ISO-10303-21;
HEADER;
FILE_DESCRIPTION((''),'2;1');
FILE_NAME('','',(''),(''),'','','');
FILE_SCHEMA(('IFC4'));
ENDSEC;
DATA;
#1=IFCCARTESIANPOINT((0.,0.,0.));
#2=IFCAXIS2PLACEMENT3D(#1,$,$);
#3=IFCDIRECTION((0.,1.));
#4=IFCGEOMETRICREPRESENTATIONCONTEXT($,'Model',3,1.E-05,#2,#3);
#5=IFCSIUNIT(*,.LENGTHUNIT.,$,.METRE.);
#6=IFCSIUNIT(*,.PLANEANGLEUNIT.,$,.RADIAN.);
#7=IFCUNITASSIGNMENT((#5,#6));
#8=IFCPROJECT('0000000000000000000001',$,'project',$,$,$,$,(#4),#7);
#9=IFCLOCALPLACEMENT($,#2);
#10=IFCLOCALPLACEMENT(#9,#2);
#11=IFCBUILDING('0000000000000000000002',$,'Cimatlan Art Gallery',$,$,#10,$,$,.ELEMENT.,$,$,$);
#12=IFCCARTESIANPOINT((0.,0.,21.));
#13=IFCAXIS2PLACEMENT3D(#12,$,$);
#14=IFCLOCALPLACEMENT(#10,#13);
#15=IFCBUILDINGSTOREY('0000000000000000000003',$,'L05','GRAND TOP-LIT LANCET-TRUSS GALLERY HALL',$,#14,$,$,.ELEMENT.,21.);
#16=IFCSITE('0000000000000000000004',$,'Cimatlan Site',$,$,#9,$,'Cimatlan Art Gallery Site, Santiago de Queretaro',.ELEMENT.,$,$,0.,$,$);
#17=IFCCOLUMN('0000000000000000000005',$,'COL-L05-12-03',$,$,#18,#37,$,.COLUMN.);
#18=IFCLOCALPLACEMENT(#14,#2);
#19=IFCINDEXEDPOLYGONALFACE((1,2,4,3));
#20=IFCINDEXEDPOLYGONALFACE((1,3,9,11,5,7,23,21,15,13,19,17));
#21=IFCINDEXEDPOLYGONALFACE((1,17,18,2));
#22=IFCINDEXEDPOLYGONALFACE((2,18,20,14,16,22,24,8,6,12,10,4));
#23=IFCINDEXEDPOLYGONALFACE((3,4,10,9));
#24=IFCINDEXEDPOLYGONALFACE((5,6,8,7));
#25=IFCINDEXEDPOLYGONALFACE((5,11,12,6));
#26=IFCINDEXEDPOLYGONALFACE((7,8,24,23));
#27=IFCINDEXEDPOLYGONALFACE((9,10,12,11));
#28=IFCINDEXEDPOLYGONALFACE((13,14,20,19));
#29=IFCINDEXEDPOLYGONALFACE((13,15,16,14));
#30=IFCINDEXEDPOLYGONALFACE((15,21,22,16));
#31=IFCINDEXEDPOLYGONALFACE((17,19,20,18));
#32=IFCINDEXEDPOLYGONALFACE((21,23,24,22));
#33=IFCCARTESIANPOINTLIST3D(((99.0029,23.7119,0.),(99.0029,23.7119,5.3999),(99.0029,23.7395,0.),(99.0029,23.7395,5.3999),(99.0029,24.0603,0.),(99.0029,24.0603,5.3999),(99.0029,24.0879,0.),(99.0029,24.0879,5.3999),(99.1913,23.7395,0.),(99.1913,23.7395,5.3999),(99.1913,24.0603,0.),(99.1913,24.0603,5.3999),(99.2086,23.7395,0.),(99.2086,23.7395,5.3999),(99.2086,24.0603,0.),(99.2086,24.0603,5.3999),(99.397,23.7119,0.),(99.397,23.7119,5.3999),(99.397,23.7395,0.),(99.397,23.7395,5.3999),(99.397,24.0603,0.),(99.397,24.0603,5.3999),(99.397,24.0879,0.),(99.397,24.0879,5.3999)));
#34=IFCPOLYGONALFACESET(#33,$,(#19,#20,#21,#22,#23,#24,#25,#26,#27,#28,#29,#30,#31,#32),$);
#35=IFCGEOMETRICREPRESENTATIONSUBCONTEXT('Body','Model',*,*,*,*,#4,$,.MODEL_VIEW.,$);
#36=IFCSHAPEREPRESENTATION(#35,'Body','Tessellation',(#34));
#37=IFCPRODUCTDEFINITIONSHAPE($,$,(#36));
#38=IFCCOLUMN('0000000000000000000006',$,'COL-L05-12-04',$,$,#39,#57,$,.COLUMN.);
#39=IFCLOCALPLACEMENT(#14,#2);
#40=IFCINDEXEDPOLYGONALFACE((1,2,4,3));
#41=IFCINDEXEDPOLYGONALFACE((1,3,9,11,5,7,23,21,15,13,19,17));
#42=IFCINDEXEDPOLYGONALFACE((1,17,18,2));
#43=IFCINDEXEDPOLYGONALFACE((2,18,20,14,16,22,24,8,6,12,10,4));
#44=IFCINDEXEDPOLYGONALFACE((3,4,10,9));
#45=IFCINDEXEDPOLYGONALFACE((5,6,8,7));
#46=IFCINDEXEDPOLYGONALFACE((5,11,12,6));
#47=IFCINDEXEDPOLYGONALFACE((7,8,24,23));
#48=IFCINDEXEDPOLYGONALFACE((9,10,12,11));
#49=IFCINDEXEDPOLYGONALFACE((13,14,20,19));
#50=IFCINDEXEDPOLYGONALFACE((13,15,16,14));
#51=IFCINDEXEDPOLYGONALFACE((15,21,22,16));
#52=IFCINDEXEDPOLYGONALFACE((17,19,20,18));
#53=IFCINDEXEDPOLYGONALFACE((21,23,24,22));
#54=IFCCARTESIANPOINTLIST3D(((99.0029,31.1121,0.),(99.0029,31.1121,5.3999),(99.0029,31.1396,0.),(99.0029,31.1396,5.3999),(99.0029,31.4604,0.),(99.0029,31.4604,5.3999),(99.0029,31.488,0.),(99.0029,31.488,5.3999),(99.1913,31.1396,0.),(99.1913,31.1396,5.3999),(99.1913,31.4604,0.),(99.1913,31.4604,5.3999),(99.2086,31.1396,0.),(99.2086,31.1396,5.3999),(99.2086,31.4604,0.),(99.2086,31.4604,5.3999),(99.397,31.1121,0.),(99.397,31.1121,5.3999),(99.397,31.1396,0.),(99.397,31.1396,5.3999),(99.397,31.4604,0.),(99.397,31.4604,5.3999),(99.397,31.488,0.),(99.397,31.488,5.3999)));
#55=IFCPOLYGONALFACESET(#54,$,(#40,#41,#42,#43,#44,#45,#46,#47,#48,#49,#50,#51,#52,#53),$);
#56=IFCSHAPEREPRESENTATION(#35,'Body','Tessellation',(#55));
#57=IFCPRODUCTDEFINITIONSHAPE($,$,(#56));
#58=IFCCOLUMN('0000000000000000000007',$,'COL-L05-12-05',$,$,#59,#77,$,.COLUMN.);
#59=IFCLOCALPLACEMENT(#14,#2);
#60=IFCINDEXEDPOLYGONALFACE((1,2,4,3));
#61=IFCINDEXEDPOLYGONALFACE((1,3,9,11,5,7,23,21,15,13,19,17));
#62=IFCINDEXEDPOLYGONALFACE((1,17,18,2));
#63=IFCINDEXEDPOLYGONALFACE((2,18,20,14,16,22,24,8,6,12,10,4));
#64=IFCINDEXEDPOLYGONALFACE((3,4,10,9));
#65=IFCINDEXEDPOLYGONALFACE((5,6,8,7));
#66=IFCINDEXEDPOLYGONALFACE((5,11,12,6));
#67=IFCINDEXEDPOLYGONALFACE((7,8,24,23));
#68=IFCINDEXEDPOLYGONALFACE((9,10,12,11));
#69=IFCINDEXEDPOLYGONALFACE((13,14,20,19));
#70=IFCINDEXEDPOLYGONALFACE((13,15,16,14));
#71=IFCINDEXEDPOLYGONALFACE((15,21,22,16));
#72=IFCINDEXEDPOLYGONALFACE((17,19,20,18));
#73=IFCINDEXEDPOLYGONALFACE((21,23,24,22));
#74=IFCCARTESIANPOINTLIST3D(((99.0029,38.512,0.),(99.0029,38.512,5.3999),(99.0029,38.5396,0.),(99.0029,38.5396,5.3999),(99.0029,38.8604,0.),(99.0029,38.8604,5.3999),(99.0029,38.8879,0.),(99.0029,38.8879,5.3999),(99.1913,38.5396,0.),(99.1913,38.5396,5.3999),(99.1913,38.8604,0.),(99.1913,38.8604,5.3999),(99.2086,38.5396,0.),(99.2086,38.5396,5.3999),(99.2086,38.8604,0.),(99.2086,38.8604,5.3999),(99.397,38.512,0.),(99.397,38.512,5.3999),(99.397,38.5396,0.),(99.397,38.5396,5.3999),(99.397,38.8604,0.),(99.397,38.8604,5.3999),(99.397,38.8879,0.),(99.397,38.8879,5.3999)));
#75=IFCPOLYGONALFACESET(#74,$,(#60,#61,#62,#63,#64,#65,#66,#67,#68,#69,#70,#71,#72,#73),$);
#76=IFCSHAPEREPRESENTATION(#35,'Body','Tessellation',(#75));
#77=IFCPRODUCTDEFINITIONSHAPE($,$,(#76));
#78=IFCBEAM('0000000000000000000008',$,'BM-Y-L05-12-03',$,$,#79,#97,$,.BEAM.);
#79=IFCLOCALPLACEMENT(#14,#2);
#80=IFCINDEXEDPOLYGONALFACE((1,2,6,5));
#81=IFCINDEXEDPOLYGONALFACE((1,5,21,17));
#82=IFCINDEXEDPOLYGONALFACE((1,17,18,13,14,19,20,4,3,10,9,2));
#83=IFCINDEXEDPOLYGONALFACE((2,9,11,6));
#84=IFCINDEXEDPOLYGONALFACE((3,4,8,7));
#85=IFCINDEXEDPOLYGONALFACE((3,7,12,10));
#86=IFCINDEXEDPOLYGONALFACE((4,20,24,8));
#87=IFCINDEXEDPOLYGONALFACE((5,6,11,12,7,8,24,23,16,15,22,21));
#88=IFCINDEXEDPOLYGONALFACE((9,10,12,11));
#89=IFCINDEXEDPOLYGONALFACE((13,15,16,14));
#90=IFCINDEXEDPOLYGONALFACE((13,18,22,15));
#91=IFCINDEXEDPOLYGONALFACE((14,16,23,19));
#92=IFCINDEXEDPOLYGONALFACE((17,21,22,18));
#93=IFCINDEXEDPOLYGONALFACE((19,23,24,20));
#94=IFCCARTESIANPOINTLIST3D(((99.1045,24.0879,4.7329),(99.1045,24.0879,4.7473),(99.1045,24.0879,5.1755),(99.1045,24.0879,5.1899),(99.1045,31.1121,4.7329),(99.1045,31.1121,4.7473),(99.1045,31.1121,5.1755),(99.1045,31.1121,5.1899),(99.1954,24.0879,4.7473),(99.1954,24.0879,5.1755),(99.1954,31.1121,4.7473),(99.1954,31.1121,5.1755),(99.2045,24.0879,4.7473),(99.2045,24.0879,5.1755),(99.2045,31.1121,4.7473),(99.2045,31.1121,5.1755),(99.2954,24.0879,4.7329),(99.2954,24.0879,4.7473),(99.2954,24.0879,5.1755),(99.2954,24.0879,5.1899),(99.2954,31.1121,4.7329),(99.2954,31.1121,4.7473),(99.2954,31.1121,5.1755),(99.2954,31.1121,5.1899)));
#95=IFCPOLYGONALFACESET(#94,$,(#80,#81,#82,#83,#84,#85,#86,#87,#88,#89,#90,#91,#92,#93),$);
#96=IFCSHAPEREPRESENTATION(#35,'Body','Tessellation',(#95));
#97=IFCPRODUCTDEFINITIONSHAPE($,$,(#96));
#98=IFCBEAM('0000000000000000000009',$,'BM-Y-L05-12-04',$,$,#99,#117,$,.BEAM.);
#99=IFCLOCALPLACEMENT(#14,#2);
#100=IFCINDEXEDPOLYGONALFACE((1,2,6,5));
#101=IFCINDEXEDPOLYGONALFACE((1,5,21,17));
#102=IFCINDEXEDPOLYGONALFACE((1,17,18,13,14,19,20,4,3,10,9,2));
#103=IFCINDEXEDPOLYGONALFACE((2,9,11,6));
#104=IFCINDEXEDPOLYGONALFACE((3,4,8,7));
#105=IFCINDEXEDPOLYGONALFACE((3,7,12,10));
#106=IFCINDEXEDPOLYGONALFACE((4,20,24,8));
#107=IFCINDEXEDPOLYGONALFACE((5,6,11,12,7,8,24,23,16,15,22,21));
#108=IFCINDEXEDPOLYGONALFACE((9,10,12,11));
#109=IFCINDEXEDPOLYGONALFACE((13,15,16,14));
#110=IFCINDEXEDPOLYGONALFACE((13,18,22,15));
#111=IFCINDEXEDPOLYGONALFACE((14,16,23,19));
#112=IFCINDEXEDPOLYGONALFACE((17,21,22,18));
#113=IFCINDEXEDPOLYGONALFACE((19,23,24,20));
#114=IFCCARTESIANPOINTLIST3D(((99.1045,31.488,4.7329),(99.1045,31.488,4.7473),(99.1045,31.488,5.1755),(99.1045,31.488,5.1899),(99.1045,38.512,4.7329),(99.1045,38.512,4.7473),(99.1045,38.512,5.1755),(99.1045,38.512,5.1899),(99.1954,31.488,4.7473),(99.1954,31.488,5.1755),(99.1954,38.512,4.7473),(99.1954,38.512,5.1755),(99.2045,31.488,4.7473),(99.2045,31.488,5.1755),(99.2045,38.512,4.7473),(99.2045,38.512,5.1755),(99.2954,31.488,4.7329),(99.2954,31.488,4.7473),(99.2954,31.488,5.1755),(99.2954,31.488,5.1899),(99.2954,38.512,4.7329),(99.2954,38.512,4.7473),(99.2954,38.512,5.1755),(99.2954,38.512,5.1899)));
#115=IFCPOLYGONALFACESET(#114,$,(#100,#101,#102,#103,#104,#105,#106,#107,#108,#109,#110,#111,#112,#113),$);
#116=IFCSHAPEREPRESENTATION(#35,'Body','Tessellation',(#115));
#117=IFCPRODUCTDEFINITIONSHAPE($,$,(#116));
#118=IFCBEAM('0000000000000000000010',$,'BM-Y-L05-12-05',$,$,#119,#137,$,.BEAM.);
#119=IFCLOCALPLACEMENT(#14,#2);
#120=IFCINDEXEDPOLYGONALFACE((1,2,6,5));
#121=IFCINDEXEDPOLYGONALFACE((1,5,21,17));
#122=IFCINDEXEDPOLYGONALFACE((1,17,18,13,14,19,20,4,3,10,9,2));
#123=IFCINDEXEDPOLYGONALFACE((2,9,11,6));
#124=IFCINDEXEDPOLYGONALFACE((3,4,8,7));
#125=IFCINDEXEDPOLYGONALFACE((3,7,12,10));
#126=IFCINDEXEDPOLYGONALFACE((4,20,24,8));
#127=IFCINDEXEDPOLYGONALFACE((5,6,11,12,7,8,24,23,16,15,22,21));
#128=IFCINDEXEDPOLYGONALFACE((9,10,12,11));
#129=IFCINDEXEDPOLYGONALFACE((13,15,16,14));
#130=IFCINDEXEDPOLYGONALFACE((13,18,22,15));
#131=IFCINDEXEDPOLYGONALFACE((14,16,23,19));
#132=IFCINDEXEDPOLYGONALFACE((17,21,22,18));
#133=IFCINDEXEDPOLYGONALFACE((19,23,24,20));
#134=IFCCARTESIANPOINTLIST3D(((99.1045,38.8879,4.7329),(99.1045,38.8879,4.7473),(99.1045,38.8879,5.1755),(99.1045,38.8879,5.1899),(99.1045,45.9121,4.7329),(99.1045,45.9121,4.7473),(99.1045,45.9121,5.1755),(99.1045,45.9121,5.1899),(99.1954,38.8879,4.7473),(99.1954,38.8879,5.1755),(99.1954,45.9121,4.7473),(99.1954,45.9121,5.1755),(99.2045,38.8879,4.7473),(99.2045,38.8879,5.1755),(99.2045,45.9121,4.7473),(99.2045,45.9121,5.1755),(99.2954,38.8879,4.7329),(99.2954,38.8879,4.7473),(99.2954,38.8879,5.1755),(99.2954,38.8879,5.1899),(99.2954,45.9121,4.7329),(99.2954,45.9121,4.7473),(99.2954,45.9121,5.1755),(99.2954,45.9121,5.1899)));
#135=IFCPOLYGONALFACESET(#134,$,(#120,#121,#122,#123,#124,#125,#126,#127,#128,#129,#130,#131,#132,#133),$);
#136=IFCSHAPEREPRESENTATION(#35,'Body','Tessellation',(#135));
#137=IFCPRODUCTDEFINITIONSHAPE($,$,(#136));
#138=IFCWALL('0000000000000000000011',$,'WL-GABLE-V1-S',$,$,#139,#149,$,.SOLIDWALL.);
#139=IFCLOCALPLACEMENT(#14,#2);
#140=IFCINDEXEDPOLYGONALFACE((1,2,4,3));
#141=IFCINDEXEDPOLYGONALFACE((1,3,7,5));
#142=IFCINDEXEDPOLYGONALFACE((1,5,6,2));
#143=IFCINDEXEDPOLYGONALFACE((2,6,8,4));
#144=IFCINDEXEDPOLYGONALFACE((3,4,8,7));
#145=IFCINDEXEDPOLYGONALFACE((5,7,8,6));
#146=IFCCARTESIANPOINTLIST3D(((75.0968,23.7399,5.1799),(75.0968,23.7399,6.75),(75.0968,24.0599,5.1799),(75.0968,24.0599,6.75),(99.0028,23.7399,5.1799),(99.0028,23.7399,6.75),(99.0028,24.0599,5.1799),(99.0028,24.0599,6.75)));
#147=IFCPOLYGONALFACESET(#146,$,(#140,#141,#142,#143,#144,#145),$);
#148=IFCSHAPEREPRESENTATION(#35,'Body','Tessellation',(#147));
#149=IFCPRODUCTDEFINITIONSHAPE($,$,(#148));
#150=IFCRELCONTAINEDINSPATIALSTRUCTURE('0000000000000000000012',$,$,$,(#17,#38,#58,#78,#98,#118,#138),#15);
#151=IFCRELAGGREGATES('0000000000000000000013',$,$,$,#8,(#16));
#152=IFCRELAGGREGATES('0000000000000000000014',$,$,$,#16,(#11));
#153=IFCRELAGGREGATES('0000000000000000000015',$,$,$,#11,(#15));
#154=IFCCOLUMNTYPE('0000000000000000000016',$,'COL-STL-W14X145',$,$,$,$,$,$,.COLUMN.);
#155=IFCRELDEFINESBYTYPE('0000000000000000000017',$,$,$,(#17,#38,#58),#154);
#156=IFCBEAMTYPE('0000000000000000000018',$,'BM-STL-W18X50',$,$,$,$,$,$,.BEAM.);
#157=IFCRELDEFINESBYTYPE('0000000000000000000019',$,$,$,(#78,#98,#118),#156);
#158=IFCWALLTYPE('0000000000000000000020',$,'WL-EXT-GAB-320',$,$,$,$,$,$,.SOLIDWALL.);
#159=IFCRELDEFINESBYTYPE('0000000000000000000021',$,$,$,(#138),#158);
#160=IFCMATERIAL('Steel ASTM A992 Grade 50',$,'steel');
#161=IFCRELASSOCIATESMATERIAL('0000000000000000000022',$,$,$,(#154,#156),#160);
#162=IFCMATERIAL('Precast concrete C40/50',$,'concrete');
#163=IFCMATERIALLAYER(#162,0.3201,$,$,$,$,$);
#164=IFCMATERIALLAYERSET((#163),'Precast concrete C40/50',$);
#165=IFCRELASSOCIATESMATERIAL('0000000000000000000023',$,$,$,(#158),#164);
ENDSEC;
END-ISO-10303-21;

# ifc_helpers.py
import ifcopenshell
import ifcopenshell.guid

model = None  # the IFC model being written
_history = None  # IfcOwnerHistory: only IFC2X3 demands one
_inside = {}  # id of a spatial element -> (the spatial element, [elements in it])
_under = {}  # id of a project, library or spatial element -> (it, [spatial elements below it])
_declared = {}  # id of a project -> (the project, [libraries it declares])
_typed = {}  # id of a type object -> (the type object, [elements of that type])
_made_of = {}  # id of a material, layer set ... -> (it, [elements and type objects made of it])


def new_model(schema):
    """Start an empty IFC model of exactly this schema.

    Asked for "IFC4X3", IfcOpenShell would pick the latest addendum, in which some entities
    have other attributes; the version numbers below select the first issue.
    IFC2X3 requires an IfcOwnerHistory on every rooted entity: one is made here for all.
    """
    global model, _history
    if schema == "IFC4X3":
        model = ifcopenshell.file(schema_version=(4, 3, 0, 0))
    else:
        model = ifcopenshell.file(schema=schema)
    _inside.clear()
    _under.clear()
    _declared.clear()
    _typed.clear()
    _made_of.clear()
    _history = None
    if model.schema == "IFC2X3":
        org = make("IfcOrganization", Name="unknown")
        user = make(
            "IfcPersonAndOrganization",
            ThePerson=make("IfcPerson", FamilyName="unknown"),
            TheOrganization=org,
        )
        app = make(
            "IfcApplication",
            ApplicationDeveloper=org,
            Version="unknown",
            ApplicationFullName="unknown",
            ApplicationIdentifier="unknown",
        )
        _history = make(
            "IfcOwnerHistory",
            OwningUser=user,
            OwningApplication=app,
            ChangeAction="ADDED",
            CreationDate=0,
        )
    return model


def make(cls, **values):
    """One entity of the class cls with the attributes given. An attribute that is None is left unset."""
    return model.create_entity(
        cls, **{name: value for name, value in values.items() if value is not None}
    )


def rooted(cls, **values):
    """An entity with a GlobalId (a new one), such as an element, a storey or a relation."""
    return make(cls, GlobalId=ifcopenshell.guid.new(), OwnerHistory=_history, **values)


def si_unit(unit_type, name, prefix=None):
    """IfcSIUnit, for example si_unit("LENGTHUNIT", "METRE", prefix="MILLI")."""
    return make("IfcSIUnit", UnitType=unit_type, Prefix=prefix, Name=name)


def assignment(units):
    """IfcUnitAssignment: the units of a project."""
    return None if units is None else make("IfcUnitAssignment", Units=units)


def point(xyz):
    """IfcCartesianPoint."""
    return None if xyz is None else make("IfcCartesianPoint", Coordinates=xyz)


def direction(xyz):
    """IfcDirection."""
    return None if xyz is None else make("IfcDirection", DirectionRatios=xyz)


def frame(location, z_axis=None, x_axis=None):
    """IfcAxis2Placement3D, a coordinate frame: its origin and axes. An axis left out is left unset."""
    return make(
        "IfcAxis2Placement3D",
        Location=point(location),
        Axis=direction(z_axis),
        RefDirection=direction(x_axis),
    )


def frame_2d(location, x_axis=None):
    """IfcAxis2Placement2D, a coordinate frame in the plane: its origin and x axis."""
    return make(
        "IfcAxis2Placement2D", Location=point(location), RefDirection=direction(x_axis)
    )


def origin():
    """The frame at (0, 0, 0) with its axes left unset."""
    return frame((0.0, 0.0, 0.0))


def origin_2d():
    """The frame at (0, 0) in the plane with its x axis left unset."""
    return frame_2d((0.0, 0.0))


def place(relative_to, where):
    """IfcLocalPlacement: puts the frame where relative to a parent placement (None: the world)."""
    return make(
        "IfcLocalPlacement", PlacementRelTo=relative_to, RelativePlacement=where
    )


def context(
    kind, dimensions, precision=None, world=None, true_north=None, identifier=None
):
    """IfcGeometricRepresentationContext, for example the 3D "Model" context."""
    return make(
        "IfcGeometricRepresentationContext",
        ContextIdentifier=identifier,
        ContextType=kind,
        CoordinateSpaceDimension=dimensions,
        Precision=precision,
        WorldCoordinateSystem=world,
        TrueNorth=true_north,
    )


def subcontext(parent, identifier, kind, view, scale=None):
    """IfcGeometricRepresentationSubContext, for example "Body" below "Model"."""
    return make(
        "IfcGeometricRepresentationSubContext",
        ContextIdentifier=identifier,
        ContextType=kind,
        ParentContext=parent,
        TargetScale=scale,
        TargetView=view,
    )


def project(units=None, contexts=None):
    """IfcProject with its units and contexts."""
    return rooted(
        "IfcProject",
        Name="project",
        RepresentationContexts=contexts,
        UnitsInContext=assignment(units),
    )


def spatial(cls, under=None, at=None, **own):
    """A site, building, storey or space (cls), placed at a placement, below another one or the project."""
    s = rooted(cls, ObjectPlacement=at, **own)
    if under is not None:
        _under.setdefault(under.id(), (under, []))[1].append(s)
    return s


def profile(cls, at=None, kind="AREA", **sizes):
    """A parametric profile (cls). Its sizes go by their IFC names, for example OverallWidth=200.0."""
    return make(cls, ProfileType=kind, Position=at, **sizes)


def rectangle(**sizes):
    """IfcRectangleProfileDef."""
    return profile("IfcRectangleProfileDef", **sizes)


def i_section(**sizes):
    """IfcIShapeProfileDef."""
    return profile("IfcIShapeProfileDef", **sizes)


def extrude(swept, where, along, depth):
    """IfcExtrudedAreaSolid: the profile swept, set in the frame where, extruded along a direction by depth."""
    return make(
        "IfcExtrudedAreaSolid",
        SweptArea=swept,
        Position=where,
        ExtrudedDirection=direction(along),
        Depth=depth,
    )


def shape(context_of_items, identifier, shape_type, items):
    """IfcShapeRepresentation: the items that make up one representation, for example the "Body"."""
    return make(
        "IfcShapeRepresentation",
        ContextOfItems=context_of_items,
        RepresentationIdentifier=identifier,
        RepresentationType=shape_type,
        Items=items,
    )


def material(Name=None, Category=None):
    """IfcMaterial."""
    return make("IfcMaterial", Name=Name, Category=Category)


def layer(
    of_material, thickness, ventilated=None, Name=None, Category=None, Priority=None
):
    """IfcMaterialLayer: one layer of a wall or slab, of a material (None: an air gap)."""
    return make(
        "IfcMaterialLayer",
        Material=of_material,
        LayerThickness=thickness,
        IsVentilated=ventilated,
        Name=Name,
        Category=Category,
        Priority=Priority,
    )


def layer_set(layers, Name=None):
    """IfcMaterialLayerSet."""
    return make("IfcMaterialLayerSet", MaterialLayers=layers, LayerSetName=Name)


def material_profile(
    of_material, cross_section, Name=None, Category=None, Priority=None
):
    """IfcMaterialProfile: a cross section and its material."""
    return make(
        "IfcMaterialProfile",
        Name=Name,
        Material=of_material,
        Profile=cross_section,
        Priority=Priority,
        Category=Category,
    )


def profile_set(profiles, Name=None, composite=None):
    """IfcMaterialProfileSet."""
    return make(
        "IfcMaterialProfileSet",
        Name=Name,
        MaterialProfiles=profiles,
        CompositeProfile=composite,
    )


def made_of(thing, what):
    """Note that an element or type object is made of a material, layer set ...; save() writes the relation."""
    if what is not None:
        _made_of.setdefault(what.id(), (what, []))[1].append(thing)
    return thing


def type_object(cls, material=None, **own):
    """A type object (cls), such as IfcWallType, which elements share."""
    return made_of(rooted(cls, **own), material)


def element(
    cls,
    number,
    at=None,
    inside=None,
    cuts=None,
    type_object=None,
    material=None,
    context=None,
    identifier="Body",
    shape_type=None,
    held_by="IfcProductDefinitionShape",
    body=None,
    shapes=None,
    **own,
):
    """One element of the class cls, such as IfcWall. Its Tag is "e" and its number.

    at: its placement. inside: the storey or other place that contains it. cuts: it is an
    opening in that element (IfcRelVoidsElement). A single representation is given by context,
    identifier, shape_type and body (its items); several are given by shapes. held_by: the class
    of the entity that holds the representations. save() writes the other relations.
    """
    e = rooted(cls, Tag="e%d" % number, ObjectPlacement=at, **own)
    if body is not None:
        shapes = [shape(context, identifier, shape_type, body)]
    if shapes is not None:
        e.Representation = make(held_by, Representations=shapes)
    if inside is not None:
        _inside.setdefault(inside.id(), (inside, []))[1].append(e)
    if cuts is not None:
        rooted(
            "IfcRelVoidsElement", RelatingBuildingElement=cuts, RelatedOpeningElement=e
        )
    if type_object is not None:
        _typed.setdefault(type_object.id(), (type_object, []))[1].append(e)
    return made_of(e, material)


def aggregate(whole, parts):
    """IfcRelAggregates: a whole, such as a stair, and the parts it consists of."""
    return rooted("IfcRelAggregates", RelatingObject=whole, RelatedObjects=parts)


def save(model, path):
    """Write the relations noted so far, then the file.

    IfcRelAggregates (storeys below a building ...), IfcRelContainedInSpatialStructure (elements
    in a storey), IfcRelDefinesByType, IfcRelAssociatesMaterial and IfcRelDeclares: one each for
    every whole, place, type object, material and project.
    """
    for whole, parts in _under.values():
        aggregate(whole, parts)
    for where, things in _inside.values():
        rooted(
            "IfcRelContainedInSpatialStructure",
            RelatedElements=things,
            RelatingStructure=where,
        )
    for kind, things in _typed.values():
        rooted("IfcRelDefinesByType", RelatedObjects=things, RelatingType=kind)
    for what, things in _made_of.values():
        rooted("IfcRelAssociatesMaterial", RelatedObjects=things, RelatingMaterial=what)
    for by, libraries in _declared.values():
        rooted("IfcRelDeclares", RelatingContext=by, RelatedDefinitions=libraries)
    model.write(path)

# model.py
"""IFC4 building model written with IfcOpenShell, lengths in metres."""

from ifc_helpers import new_model, si_unit, direction, frame, frame_2d, origin, origin_2d, place, context, subcontext, project, spatial, rectangle, i_section, extrude, material, layer, layer_set, material_profile, profile_set, type_object, element, save


model = new_model("IFC4")

# Units and contexts
model_context = context("Model", 3, precision=1e-05, world=origin(), true_north=direction((0.0, 1.0)))
body_context = subcontext(model_context, "Body", "Model", "MODEL_VIEW")
ifc_project = project(units=[si_unit("LENGTHUNIT", "METRE"), si_unit("PLANEANGLEUNIT", "RADIAN")], contexts=[model_context])

# Site, building, storey
site_placement = place(None, origin())
site = spatial("IfcSite", under=ifc_project, at=site_placement, Name="Cimatlan Site", LongName="Cimatlan Art Gallery Site, Santiago de Queretaro", CompositionType="ELEMENT", RefElevation=0.0)
building_placement = place(site_placement, origin())
building = spatial("IfcBuilding", under=site, at=building_placement, Name="Cimatlan Art Gallery", CompositionType="ELEMENT")
storey_placement = place(building_placement, frame((0.0, 0.0, 21.0)))
storey = spatial("IfcBuildingStorey", under=building, at=storey_placement, Name="L05", Description="GRAND TOP-LIT LANCET-TRUSS GALLERY HALL", CompositionType="ELEMENT", Elevation=21.0)

# Columns
ifc_material_1 = material(Name="Steel ASTM A992 Grade 50", Category="steel")
ifc_material_profile_1 = material_profile(ifc_material_1, i_section(OverallWidth=0.394, OverallDepth=0.376, WebThickness=0.0173, FlangeThickness=0.0276, at=origin_2d()), Name="W14X145")
ifc_profile_set_1 = profile_set([ifc_material_profile_1], Name="Steel ASTM A992 Grade 50")
column_type = type_object("IfcColumnType", Name="COL-STL-W14X145", PredefinedType="COLUMN", material=ifc_profile_set_1)
for number, where, z_axis, x_axis, name in (
    (1, (99.2, 23.8999, 0.0), (0.0, 0.0, 1.0), (1.0, 0.0, 0.0), "COL-L05-12-03"),
    (2, (99.2, 31.3, 0.0), (0.0, 0.0, 1.0), (1.0, 0.0, 0.0), "COL-L05-12-04"),
    (3, (99.2, 38.7, 0.0), (0.0, 0.0, 1.0), (1.0, 0.0, 0.0), "COL-L05-12-05"),
):
    element("IfcColumn", number, at=place(storey_placement, frame(where, z_axis=z_axis, x_axis=x_axis)), inside=storey, type_object=column_type, Name=name, PredefinedType="COLUMN", context=body_context, shape_type="SweptSolid", body=[
        extrude(i_section(OverallWidth=0.394, OverallDepth=0.376, WebThickness=0.0173, FlangeThickness=0.0276, at=origin_2d()), origin(), (0.0, 0.0, 1.0), 5.3999),
    ])

# Beams
ifc_material_profile_2 = material_profile(ifc_material_1, i_section(OverallWidth=0.1909, OverallDepth=0.457, WebThickness=0.009, FlangeThickness=0.0144, at=origin_2d()), Name="W18X50")
ifc_profile_set_2 = profile_set([ifc_material_profile_2], Name="Steel ASTM A992 Grade 50")
beam_type = type_object("IfcBeamType", Name="BM-STL-W18X50", PredefinedType="BEAM", material=ifc_profile_set_2)
beam_1_placement = place(storey_placement, frame((99.2, 24.0879, 4.9614), z_axis=(0.0, 1.0, 0.0), x_axis=(-1.0, 0.0, 0.0)))
element("IfcBeam", 4, at=beam_1_placement, inside=storey, type_object=beam_type, Name="BM-Y-L05-12-03", PredefinedType="BEAM", context=body_context, shape_type="SweptSolid", body=[
    extrude(i_section(OverallWidth=0.1909, OverallDepth=0.457, WebThickness=0.009, FlangeThickness=0.0144, at=origin_2d()), origin(), (0.0, 0.0, 1.0), 7.0242),
])
beam_2_placement = place(storey_placement, frame((99.2, 31.488, 4.9614), z_axis=(0.0, 1.0, 0.0), x_axis=(-1.0, 0.0, 0.0)))
element("IfcBeam", 5, at=beam_2_placement, inside=storey, type_object=beam_type, Name="BM-Y-L05-12-04", PredefinedType="BEAM", context=body_context, shape_type="SweptSolid", body=[
    extrude(i_section(OverallWidth=0.1909, OverallDepth=0.457, WebThickness=0.009, FlangeThickness=0.0144, at=origin_2d()), origin(), (0.0, 0.0, 1.0), 7.0239),
])
beam_3_placement = place(storey_placement, frame((99.2, 38.8879, 4.9614), z_axis=(0.0, 1.0, 0.0), x_axis=(-1.0, 0.0, 0.0)))
element("IfcBeam", 6, at=beam_3_placement, inside=storey, type_object=beam_type, Name="BM-Y-L05-12-05", PredefinedType="BEAM", context=body_context, shape_type="SweptSolid", body=[
    extrude(i_section(OverallWidth=0.1909, OverallDepth=0.457, WebThickness=0.009, FlangeThickness=0.0144, at=origin_2d()), origin(), (0.0, 0.0, 1.0), 7.0242),
])

# Wall
ifc_material_2 = material(Name="Precast concrete C40/50", Category="concrete")
ifc_layer_1 = layer(ifc_material_2, 0.3201)
ifc_layer_set_1 = layer_set([ifc_layer_1], Name="Precast concrete C40/50")
wall_type_1 = type_object("IfcWallType", Name="WL-EXT-GAB-320", PredefinedType="SOLIDWALL", material=ifc_layer_set_1)
wall_1_placement = place(storey_placement, frame((99.0029, 23.8999, 5.1799), z_axis=(0.0, 0.0, 1.0), x_axis=(-1.0, 0.0, 0.0)))
element("IfcWall", 7, at=wall_1_placement, inside=storey, type_object=wall_type_1, Name="WL-GABLE-V1-S", PredefinedType="SOLIDWALL", context=body_context, shape_type="SweptSolid", body=[
    extrude(rectangle(XDim=23.906, YDim=0.3201, at=frame_2d((11.9531, 0.0))), origin(), (0.0, 0.0, 1.0), 1.5701),
])

save(model, "model.ifc")
